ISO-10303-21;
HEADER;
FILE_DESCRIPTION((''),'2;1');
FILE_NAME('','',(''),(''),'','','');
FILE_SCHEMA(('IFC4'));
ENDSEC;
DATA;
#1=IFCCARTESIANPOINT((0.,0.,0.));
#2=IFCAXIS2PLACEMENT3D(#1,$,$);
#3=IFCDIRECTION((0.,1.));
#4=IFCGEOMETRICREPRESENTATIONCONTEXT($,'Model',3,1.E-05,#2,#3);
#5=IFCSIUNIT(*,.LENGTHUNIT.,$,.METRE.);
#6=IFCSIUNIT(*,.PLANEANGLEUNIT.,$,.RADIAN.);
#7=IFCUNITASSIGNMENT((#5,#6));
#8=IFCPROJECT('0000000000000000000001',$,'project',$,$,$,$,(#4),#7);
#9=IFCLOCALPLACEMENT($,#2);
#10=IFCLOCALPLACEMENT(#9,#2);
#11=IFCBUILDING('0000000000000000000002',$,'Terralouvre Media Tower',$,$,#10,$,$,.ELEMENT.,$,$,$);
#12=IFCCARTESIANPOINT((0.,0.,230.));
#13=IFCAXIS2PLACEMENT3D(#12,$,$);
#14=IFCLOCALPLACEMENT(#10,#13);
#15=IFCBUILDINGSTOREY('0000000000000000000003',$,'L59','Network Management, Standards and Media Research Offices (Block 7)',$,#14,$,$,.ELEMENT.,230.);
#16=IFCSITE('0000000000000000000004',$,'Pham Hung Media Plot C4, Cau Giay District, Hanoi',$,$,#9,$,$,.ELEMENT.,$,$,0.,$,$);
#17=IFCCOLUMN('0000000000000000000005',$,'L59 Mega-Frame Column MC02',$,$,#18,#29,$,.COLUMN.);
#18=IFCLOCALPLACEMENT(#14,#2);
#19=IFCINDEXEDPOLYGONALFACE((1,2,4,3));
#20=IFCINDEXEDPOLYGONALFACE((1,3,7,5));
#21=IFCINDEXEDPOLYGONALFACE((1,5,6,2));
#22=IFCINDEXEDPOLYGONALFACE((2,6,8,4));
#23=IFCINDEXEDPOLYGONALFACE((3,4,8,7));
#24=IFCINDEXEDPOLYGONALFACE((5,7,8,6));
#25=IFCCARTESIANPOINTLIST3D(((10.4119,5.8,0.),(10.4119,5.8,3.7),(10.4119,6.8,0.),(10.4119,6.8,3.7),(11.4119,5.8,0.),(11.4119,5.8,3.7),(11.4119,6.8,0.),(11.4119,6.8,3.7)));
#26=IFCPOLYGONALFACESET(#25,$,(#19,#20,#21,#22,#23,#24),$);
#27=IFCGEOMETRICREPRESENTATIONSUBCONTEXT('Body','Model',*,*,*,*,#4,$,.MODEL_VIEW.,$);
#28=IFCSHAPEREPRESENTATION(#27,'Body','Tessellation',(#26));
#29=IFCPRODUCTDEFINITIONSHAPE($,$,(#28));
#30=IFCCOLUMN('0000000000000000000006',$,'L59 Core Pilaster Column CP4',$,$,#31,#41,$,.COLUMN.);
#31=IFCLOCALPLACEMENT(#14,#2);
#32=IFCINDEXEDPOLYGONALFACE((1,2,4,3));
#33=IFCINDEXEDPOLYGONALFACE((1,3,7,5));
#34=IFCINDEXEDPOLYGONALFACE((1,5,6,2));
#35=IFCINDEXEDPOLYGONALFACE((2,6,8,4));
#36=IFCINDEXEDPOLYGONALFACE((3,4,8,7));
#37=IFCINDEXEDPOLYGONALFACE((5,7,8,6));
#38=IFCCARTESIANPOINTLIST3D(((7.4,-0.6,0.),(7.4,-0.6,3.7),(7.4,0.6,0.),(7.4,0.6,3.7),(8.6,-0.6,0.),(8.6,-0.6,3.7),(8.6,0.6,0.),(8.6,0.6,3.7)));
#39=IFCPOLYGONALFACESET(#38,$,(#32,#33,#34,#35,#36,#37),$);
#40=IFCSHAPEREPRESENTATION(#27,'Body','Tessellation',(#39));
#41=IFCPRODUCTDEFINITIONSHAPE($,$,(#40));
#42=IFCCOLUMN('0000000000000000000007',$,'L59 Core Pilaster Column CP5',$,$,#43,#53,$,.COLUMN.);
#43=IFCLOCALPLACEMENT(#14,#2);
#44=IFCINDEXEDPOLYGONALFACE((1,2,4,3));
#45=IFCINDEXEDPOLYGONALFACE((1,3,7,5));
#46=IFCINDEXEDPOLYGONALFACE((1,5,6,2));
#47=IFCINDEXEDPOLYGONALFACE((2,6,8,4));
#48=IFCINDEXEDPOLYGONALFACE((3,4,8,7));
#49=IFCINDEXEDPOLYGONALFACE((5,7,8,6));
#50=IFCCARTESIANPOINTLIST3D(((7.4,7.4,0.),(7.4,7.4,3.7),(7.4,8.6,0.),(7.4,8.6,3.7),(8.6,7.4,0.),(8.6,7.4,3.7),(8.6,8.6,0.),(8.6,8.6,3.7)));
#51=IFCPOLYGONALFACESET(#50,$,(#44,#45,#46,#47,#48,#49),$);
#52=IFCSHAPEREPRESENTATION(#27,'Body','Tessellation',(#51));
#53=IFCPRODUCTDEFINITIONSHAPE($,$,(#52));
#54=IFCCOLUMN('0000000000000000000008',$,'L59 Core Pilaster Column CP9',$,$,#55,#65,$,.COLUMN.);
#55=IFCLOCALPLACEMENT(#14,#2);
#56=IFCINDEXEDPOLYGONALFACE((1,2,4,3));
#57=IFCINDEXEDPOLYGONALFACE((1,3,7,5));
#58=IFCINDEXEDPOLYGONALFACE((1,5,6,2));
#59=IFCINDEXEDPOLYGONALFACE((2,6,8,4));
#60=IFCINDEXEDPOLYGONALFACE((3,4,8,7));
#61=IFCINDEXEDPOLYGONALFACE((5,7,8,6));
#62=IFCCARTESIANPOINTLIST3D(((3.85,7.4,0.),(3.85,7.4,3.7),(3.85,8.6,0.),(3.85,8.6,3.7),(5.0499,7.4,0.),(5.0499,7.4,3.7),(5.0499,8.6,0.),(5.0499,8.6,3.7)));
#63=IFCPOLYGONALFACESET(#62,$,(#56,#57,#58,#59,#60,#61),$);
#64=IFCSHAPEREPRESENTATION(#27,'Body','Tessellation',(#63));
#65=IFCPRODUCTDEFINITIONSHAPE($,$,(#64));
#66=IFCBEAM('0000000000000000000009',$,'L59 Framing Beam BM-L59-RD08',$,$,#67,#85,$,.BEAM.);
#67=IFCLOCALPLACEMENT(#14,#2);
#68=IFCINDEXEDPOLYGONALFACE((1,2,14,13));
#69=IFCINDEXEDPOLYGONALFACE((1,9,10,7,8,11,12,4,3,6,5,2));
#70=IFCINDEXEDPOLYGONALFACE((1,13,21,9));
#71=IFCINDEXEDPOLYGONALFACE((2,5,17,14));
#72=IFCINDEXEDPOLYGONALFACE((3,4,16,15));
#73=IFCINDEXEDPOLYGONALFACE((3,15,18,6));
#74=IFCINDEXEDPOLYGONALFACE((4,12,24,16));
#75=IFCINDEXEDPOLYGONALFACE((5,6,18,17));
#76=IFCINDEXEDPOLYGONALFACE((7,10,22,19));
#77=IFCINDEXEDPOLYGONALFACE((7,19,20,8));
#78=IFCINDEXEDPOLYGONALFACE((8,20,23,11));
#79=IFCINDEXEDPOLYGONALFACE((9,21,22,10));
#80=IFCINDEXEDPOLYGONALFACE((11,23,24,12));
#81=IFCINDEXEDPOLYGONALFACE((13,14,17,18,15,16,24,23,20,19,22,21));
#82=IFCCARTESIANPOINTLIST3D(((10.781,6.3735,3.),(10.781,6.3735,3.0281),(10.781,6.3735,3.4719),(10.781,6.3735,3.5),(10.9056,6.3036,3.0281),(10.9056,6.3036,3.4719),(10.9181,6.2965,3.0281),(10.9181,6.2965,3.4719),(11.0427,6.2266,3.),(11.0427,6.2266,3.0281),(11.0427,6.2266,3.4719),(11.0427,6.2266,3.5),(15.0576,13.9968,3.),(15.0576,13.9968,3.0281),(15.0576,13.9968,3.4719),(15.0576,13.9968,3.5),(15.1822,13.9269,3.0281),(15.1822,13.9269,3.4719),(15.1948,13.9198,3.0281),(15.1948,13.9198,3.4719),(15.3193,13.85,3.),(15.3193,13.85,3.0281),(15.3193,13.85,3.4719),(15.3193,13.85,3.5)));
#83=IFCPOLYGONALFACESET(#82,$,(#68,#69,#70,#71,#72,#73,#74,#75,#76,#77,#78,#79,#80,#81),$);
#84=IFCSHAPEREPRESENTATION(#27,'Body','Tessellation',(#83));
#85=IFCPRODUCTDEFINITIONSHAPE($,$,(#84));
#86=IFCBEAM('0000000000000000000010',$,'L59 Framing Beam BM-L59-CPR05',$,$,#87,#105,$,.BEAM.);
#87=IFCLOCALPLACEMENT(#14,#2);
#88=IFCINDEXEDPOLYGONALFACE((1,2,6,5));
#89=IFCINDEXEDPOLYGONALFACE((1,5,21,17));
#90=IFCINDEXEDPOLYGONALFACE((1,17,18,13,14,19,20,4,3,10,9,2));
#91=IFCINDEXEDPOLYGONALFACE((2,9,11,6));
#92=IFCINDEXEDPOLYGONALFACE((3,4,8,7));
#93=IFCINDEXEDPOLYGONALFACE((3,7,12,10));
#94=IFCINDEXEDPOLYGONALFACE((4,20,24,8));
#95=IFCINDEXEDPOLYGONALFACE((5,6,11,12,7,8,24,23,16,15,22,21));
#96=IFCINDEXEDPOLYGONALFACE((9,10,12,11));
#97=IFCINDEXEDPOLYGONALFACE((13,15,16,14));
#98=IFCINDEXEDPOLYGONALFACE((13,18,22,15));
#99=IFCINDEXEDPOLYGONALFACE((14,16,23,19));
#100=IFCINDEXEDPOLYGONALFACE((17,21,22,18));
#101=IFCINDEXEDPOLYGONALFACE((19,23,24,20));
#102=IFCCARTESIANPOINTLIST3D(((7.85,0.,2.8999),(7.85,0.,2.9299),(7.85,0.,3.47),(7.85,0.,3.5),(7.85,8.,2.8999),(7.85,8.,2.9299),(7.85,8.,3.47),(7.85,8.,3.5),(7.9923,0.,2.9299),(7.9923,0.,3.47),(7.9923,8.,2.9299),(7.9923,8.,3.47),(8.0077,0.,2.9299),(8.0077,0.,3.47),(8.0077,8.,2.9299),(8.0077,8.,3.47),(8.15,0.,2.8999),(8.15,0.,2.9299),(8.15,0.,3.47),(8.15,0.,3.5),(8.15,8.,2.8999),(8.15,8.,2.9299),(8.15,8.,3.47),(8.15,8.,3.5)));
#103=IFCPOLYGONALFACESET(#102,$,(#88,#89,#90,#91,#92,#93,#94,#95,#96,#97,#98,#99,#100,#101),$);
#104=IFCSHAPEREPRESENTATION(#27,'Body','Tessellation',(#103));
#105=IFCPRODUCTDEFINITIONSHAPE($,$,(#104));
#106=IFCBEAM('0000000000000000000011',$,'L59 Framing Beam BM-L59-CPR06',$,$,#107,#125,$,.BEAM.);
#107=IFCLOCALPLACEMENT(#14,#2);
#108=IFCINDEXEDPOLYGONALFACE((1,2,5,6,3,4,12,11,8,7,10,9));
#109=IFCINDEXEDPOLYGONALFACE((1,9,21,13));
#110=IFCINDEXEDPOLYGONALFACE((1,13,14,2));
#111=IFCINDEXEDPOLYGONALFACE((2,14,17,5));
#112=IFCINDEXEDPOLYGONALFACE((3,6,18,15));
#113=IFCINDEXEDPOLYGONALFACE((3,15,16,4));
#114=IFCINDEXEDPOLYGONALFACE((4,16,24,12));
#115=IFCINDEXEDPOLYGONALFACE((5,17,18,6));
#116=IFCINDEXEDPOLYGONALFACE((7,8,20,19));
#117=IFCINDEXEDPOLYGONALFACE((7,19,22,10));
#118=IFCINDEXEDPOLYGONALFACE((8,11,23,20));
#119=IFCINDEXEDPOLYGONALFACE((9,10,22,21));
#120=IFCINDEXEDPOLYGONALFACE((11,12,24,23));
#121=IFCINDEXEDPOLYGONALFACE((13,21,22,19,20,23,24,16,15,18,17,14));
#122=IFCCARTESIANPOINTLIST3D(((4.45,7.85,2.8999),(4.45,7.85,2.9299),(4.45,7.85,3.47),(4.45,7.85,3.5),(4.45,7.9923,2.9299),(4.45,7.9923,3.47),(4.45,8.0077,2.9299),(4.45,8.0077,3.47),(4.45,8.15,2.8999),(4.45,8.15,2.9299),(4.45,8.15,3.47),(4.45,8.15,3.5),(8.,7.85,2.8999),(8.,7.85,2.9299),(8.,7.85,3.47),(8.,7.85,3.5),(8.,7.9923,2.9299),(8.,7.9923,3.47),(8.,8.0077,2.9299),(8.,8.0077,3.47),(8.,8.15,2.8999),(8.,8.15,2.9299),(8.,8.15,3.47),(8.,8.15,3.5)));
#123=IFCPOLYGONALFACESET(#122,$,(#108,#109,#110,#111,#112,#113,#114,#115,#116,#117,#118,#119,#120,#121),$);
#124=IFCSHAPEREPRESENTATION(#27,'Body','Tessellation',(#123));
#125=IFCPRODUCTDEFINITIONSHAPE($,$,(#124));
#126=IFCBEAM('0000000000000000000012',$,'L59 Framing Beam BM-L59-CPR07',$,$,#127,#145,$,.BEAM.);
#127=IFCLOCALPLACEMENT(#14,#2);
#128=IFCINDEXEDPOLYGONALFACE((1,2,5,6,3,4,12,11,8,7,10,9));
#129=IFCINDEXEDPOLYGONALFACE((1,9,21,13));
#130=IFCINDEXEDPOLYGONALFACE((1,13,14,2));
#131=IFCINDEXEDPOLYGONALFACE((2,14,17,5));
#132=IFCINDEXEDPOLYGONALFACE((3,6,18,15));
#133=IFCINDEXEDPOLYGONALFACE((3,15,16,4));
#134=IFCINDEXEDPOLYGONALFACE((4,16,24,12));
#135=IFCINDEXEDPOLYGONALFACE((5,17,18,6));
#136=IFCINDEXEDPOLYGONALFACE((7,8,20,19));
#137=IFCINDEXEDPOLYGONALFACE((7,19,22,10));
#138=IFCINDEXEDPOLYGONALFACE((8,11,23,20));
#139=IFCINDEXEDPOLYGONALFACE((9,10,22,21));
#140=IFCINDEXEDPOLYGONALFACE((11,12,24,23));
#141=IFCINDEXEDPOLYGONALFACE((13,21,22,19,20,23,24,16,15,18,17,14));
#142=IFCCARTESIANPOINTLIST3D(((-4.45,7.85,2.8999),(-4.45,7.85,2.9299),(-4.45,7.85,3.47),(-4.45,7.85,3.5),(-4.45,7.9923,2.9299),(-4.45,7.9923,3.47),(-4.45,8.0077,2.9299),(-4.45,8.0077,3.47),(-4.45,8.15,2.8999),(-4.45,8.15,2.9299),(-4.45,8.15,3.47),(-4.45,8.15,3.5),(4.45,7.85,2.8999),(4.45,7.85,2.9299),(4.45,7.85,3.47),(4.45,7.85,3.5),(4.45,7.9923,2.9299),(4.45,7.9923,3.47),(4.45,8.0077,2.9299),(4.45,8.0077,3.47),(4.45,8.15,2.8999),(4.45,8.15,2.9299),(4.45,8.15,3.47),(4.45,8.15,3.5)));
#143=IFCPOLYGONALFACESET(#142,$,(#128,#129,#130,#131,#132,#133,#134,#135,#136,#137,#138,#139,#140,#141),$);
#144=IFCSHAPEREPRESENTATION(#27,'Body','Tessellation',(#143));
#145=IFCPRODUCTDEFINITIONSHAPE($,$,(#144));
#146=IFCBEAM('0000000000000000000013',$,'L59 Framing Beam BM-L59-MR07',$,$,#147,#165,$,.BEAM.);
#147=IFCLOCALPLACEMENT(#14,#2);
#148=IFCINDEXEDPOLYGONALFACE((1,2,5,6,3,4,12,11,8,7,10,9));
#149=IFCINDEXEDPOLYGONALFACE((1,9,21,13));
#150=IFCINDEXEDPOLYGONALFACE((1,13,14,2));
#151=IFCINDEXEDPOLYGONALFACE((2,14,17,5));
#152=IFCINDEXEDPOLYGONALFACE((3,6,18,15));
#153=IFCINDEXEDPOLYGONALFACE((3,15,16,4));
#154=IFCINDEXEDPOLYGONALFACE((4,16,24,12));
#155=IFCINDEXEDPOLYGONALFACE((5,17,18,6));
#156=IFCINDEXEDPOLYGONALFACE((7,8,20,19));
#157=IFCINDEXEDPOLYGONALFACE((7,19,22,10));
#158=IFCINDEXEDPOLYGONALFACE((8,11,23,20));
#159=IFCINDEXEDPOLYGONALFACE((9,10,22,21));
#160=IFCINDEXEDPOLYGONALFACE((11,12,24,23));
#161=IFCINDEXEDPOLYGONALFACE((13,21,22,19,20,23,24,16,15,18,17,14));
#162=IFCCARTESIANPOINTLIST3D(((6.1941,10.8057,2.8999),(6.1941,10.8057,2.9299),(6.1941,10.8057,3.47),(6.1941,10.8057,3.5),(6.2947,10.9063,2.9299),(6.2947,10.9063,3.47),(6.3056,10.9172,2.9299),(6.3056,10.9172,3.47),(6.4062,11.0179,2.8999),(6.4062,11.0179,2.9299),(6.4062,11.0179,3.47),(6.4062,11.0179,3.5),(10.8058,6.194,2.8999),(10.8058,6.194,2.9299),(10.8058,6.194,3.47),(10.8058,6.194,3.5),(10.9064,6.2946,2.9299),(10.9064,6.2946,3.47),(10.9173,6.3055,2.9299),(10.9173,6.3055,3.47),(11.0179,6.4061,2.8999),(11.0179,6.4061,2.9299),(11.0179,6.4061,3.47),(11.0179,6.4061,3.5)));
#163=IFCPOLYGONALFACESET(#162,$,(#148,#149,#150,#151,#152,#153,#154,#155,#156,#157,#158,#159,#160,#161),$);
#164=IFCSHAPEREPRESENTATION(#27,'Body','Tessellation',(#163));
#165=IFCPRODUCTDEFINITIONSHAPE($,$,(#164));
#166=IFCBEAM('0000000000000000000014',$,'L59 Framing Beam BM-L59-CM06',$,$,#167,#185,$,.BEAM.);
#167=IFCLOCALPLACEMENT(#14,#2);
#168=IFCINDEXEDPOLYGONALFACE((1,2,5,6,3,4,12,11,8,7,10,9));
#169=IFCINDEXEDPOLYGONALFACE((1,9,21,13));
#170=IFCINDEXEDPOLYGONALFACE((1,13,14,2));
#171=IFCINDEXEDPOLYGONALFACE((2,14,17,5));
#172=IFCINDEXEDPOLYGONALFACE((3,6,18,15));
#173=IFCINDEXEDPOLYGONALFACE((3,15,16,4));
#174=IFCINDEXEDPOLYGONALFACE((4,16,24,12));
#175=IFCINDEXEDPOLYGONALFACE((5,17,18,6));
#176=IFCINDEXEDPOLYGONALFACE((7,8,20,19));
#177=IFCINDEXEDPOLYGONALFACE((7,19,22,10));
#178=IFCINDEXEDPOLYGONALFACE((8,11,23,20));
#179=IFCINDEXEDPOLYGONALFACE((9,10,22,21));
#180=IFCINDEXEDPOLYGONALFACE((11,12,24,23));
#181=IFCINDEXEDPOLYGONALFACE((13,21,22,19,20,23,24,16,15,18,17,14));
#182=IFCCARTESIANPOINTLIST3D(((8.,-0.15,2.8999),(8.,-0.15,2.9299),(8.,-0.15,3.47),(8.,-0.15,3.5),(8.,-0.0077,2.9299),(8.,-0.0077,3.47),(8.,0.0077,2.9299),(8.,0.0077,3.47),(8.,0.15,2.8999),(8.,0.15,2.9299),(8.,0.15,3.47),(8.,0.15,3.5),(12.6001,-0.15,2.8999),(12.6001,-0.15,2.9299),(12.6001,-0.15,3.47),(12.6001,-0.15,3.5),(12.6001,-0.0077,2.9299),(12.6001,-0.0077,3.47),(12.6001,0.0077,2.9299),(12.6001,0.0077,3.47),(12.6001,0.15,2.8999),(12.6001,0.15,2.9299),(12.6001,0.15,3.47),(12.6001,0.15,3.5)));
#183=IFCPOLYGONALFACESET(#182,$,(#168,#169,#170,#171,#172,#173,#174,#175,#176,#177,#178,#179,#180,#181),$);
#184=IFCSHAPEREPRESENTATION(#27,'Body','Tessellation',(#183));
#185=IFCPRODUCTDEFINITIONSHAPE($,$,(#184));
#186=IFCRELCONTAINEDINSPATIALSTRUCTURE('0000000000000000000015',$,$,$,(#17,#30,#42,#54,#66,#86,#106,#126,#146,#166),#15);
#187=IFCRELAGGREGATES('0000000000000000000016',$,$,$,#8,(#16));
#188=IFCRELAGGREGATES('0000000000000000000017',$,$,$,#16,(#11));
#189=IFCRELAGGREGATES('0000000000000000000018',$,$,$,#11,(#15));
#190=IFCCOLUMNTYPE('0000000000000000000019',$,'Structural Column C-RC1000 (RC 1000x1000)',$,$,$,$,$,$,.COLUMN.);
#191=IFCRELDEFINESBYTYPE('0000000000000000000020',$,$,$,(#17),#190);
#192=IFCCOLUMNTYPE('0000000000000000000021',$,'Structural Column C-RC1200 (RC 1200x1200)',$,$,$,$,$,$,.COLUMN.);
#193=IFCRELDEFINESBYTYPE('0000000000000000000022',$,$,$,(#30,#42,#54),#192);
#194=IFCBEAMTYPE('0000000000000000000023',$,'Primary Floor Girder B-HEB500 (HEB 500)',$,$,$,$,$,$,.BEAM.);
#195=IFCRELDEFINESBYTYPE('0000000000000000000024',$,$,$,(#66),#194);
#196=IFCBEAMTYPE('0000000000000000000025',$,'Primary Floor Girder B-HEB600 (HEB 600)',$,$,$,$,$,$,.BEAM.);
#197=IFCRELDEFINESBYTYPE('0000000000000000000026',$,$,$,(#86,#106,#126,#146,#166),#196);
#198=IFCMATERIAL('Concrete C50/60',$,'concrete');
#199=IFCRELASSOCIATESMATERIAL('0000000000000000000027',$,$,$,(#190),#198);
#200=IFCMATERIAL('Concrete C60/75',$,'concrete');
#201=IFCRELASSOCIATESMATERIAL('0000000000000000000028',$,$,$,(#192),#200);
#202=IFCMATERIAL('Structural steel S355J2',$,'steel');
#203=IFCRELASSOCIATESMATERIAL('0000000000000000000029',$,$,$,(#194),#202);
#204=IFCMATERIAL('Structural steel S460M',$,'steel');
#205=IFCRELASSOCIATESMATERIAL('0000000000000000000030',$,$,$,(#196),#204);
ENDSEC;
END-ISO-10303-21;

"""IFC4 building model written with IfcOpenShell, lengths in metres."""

from ifc_helpers import new_model, si_unit, direction, frame, origin, origin_2d, place, context, subcontext, project, spatial, rectangle, i_section, extrude, material, material_profile, profile_set, type_object, element, save


model = new_model("IFC4")

# Units and contexts
model_context = context("Model", 3, precision=1e-05, world=origin(), true_north=direction((0.0, 1.0)))
body_context = subcontext(model_context, "Body", "Model", "MODEL_VIEW")
ifc_project = project(units=[si_unit("LENGTHUNIT", "METRE"), si_unit("PLANEANGLEUNIT", "RADIAN")], contexts=[model_context])

# Site, building, storey
site_placement = place(None, origin())
site = spatial("IfcSite", under=ifc_project, at=site_placement, Name="Pham Hung Media Plot C4, Cau Giay District, Hanoi", CompositionType="ELEMENT", RefElevation=0.0)
building_placement = place(site_placement, origin())
building = spatial("IfcBuilding", under=site, at=building_placement, Name="Terralouvre Media Tower", CompositionType="ELEMENT")
storey_placement = place(building_placement, frame((0.0, 0.0, 230.0)))
storey = spatial("IfcBuildingStorey", under=building, at=storey_placement, Name="L59", Description="Network Management, Standards and Media Research Offices (Block 7)", CompositionType="ELEMENT", Elevation=230.0)

# Columns
ifc_material_1 = material(Name="Concrete C50/60", Category="concrete")
ifc_material_profile_1 = material_profile(ifc_material_1, rectangle(XDim=1.0, YDim=1.0, at=origin_2d()), Name="RC 1000x1000")
ifc_profile_set_1 = profile_set([ifc_material_profile_1], Name="Concrete C50/60")
column_type_1 = type_object("IfcColumnType", Name="Structural Column C-RC1000 (RC 1000x1000)", PredefinedType="COLUMN", material=ifc_profile_set_1)
column_placement = place(storey_placement, frame((10.9119, 6.3, 0.0), z_axis=(0.0, 0.0, 1.0), x_axis=(1.0, 0.0, 0.0)))
element("IfcColumn", 1, at=column_placement, inside=storey, type_object=column_type_1, Name="L59 Mega-Frame Column MC02", PredefinedType="COLUMN", context=body_context, shape_type="SweptSolid", body=[
    extrude(rectangle(XDim=1.0, YDim=1.0, at=origin_2d()), origin(), (0.0, 0.0, 1.0), 3.7),
])
ifc_material_2 = material(Name="Concrete C60/75", Category="concrete")
ifc_material_profile_2 = material_profile(ifc_material_2, rectangle(XDim=1.2, YDim=1.2, at=origin_2d()), Name="RC 1200x1200")
ifc_profile_set_2 = profile_set([ifc_material_profile_2], Name="Concrete C60/75")
column_type_2 = type_object("IfcColumnType", Name="Structural Column C-RC1200 (RC 1200x1200)", PredefinedType="COLUMN", material=ifc_profile_set_2)
for number, where, z_axis, x_axis, name in (
    (2, (8.0, 0.0, 0.0), (0.0, 0.0, 1.0), (1.0, 0.0, 0.0), "L59 Core Pilaster Column CP4"),
    (3, (8.0, 8.0, 0.0), (0.0, 0.0, 1.0), (1.0, 0.0, 0.0), "L59 Core Pilaster Column CP5"),
    (4, (4.45, 8.0, 0.0), (0.0, 0.0, 1.0), (1.0, 0.0, 0.0), "L59 Core Pilaster Column CP9"),
):
    element("IfcColumn", number, at=place(storey_placement, frame(where, z_axis=z_axis, x_axis=x_axis)), inside=storey, type_object=column_type_2, Name=name, PredefinedType="COLUMN", context=body_context, shape_type="SweptSolid", body=[
        extrude(rectangle(XDim=1.2, YDim=1.2, at=origin_2d()), origin(), (0.0, 0.0, 1.0), 3.7),
    ])

# Beams
ifc_material_3 = material(Name="Structural steel S355J2", Category="steel")
ifc_material_profile_3 = material_profile(ifc_material_3, i_section(OverallWidth=0.3, OverallDepth=0.5, WebThickness=0.0144, FlangeThickness=0.0281, at=origin_2d()), Name="HEB 500")
ifc_profile_set_3 = profile_set([ifc_material_profile_3], Name="Structural steel S355J2")
beam_type_1 = type_object("IfcBeamType", Name="Primary Floor Girder B-HEB500 (HEB 500)", PredefinedType="BEAM", material=ifc_profile_set_3)
beam_1_placement = place(storey_placement, frame((10.9119, 6.3, 3.25), z_axis=(0.489262, 0.872137, 0.0), x_axis=(-0.872137, 0.489262, 0.0)))
element("IfcBeam", 5, at=beam_1_placement, inside=storey, type_object=beam_type_1, Name="L59 Framing Beam BM-L59-RD08", PredefinedType="BEAM", context=body_context, shape_type="SweptSolid", body=[
    extrude(i_section(OverallWidth=0.3, OverallDepth=0.5, WebThickness=0.0144, FlangeThickness=0.0281, at=origin_2d()), origin(), (0.0, 0.0, 1.0), 8.741),
])
ifc_material_4 = material(Name="Structural steel S460M", Category="steel")
ifc_material_profile_4 = material_profile(ifc_material_4, i_section(OverallWidth=0.3, OverallDepth=0.6001, WebThickness=0.0154, FlangeThickness=0.03, at=origin_2d()), Name="HEB 600")
ifc_profile_set_4 = profile_set([ifc_material_profile_4], Name="Structural steel S460M")
beam_type_2 = type_object("IfcBeamType", Name="Primary Floor Girder B-HEB600 (HEB 600)", PredefinedType="BEAM", material=ifc_profile_set_4)
beam_2_placement = place(storey_placement, frame((8.0, 0.0, 3.2), z_axis=(0.0, 1.0, 0.0), x_axis=(-1.0, 0.0, 0.0)))
element("IfcBeam", 6, at=beam_2_placement, inside=storey, type_object=beam_type_2, Name="L59 Framing Beam BM-L59-CPR05", PredefinedType="BEAM", context=body_context, shape_type="SweptSolid", body=[
    extrude(i_section(OverallWidth=0.3, OverallDepth=0.6001, WebThickness=0.0154, FlangeThickness=0.03, at=origin_2d()), origin(), (0.0, 0.0, 1.0), 8.0),
])
beam_3_placement = place(storey_placement, frame((8.0, 8.0, 3.2), z_axis=(-1.0, 0.0, 0.0), x_axis=(0.0, -1.0, 0.0)))
element("IfcBeam", 7, at=beam_3_placement, inside=storey, type_object=beam_type_2, Name="L59 Framing Beam BM-L59-CPR06", PredefinedType="BEAM", context=body_context, shape_type="SweptSolid", body=[
    extrude(i_section(OverallWidth=0.3, OverallDepth=0.6001, WebThickness=0.0154, FlangeThickness=0.03, at=origin_2d()), origin(), (0.0, 0.0, 1.0), 3.55),
])
beam_4_placement = place(storey_placement, frame((4.45, 8.0, 3.2), z_axis=(-1.0, 0.0, 0.0), x_axis=(0.0, -1.0, 0.0)))
element("IfcBeam", 8, at=beam_4_placement, inside=storey, type_object=beam_type_2, Name="L59 Framing Beam BM-L59-CPR07", PredefinedType="BEAM", context=body_context, shape_type="SweptSolid", body=[
    extrude(i_section(OverallWidth=0.3, OverallDepth=0.6001, WebThickness=0.0154, FlangeThickness=0.03, at=origin_2d()), origin(), (0.0, 0.0, 1.0), 8.8999),
])
beam_5_placement = place(storey_placement, frame((10.9119, 6.3, 3.2), z_axis=(-0.707107, 0.707107, 0.0), x_axis=(-0.707107, -0.707107, 0.0)))
element("IfcBeam", 9, at=beam_5_placement, inside=storey, type_object=beam_type_2, Name="L59 Framing Beam BM-L59-MR07", PredefinedType="BEAM", context=body_context, shape_type="SweptSolid", body=[
    extrude(i_section(OverallWidth=0.3, OverallDepth=0.6001, WebThickness=0.0154, FlangeThickness=0.03, at=origin_2d()), origin(), (0.0, 0.0, 1.0), 6.522),
])
beam_6_placement = place(storey_placement, frame((8.0, 0.0, 3.2), z_axis=(1.0, 0.0, 0.0), x_axis=(0.0, 1.0, 0.0)))
element("IfcBeam", 10, at=beam_6_placement, inside=storey, type_object=beam_type_2, Name="L59 Framing Beam BM-L59-CM06", PredefinedType="BEAM", context=body_context, shape_type="SweptSolid", body=[
    extrude(i_section(OverallWidth=0.3, OverallDepth=0.6001, WebThickness=0.0154, FlangeThickness=0.03, at=origin_2d()), origin(), (0.0, 0.0, 1.0), 4.6001),
])

save(model, "model.ifc")
